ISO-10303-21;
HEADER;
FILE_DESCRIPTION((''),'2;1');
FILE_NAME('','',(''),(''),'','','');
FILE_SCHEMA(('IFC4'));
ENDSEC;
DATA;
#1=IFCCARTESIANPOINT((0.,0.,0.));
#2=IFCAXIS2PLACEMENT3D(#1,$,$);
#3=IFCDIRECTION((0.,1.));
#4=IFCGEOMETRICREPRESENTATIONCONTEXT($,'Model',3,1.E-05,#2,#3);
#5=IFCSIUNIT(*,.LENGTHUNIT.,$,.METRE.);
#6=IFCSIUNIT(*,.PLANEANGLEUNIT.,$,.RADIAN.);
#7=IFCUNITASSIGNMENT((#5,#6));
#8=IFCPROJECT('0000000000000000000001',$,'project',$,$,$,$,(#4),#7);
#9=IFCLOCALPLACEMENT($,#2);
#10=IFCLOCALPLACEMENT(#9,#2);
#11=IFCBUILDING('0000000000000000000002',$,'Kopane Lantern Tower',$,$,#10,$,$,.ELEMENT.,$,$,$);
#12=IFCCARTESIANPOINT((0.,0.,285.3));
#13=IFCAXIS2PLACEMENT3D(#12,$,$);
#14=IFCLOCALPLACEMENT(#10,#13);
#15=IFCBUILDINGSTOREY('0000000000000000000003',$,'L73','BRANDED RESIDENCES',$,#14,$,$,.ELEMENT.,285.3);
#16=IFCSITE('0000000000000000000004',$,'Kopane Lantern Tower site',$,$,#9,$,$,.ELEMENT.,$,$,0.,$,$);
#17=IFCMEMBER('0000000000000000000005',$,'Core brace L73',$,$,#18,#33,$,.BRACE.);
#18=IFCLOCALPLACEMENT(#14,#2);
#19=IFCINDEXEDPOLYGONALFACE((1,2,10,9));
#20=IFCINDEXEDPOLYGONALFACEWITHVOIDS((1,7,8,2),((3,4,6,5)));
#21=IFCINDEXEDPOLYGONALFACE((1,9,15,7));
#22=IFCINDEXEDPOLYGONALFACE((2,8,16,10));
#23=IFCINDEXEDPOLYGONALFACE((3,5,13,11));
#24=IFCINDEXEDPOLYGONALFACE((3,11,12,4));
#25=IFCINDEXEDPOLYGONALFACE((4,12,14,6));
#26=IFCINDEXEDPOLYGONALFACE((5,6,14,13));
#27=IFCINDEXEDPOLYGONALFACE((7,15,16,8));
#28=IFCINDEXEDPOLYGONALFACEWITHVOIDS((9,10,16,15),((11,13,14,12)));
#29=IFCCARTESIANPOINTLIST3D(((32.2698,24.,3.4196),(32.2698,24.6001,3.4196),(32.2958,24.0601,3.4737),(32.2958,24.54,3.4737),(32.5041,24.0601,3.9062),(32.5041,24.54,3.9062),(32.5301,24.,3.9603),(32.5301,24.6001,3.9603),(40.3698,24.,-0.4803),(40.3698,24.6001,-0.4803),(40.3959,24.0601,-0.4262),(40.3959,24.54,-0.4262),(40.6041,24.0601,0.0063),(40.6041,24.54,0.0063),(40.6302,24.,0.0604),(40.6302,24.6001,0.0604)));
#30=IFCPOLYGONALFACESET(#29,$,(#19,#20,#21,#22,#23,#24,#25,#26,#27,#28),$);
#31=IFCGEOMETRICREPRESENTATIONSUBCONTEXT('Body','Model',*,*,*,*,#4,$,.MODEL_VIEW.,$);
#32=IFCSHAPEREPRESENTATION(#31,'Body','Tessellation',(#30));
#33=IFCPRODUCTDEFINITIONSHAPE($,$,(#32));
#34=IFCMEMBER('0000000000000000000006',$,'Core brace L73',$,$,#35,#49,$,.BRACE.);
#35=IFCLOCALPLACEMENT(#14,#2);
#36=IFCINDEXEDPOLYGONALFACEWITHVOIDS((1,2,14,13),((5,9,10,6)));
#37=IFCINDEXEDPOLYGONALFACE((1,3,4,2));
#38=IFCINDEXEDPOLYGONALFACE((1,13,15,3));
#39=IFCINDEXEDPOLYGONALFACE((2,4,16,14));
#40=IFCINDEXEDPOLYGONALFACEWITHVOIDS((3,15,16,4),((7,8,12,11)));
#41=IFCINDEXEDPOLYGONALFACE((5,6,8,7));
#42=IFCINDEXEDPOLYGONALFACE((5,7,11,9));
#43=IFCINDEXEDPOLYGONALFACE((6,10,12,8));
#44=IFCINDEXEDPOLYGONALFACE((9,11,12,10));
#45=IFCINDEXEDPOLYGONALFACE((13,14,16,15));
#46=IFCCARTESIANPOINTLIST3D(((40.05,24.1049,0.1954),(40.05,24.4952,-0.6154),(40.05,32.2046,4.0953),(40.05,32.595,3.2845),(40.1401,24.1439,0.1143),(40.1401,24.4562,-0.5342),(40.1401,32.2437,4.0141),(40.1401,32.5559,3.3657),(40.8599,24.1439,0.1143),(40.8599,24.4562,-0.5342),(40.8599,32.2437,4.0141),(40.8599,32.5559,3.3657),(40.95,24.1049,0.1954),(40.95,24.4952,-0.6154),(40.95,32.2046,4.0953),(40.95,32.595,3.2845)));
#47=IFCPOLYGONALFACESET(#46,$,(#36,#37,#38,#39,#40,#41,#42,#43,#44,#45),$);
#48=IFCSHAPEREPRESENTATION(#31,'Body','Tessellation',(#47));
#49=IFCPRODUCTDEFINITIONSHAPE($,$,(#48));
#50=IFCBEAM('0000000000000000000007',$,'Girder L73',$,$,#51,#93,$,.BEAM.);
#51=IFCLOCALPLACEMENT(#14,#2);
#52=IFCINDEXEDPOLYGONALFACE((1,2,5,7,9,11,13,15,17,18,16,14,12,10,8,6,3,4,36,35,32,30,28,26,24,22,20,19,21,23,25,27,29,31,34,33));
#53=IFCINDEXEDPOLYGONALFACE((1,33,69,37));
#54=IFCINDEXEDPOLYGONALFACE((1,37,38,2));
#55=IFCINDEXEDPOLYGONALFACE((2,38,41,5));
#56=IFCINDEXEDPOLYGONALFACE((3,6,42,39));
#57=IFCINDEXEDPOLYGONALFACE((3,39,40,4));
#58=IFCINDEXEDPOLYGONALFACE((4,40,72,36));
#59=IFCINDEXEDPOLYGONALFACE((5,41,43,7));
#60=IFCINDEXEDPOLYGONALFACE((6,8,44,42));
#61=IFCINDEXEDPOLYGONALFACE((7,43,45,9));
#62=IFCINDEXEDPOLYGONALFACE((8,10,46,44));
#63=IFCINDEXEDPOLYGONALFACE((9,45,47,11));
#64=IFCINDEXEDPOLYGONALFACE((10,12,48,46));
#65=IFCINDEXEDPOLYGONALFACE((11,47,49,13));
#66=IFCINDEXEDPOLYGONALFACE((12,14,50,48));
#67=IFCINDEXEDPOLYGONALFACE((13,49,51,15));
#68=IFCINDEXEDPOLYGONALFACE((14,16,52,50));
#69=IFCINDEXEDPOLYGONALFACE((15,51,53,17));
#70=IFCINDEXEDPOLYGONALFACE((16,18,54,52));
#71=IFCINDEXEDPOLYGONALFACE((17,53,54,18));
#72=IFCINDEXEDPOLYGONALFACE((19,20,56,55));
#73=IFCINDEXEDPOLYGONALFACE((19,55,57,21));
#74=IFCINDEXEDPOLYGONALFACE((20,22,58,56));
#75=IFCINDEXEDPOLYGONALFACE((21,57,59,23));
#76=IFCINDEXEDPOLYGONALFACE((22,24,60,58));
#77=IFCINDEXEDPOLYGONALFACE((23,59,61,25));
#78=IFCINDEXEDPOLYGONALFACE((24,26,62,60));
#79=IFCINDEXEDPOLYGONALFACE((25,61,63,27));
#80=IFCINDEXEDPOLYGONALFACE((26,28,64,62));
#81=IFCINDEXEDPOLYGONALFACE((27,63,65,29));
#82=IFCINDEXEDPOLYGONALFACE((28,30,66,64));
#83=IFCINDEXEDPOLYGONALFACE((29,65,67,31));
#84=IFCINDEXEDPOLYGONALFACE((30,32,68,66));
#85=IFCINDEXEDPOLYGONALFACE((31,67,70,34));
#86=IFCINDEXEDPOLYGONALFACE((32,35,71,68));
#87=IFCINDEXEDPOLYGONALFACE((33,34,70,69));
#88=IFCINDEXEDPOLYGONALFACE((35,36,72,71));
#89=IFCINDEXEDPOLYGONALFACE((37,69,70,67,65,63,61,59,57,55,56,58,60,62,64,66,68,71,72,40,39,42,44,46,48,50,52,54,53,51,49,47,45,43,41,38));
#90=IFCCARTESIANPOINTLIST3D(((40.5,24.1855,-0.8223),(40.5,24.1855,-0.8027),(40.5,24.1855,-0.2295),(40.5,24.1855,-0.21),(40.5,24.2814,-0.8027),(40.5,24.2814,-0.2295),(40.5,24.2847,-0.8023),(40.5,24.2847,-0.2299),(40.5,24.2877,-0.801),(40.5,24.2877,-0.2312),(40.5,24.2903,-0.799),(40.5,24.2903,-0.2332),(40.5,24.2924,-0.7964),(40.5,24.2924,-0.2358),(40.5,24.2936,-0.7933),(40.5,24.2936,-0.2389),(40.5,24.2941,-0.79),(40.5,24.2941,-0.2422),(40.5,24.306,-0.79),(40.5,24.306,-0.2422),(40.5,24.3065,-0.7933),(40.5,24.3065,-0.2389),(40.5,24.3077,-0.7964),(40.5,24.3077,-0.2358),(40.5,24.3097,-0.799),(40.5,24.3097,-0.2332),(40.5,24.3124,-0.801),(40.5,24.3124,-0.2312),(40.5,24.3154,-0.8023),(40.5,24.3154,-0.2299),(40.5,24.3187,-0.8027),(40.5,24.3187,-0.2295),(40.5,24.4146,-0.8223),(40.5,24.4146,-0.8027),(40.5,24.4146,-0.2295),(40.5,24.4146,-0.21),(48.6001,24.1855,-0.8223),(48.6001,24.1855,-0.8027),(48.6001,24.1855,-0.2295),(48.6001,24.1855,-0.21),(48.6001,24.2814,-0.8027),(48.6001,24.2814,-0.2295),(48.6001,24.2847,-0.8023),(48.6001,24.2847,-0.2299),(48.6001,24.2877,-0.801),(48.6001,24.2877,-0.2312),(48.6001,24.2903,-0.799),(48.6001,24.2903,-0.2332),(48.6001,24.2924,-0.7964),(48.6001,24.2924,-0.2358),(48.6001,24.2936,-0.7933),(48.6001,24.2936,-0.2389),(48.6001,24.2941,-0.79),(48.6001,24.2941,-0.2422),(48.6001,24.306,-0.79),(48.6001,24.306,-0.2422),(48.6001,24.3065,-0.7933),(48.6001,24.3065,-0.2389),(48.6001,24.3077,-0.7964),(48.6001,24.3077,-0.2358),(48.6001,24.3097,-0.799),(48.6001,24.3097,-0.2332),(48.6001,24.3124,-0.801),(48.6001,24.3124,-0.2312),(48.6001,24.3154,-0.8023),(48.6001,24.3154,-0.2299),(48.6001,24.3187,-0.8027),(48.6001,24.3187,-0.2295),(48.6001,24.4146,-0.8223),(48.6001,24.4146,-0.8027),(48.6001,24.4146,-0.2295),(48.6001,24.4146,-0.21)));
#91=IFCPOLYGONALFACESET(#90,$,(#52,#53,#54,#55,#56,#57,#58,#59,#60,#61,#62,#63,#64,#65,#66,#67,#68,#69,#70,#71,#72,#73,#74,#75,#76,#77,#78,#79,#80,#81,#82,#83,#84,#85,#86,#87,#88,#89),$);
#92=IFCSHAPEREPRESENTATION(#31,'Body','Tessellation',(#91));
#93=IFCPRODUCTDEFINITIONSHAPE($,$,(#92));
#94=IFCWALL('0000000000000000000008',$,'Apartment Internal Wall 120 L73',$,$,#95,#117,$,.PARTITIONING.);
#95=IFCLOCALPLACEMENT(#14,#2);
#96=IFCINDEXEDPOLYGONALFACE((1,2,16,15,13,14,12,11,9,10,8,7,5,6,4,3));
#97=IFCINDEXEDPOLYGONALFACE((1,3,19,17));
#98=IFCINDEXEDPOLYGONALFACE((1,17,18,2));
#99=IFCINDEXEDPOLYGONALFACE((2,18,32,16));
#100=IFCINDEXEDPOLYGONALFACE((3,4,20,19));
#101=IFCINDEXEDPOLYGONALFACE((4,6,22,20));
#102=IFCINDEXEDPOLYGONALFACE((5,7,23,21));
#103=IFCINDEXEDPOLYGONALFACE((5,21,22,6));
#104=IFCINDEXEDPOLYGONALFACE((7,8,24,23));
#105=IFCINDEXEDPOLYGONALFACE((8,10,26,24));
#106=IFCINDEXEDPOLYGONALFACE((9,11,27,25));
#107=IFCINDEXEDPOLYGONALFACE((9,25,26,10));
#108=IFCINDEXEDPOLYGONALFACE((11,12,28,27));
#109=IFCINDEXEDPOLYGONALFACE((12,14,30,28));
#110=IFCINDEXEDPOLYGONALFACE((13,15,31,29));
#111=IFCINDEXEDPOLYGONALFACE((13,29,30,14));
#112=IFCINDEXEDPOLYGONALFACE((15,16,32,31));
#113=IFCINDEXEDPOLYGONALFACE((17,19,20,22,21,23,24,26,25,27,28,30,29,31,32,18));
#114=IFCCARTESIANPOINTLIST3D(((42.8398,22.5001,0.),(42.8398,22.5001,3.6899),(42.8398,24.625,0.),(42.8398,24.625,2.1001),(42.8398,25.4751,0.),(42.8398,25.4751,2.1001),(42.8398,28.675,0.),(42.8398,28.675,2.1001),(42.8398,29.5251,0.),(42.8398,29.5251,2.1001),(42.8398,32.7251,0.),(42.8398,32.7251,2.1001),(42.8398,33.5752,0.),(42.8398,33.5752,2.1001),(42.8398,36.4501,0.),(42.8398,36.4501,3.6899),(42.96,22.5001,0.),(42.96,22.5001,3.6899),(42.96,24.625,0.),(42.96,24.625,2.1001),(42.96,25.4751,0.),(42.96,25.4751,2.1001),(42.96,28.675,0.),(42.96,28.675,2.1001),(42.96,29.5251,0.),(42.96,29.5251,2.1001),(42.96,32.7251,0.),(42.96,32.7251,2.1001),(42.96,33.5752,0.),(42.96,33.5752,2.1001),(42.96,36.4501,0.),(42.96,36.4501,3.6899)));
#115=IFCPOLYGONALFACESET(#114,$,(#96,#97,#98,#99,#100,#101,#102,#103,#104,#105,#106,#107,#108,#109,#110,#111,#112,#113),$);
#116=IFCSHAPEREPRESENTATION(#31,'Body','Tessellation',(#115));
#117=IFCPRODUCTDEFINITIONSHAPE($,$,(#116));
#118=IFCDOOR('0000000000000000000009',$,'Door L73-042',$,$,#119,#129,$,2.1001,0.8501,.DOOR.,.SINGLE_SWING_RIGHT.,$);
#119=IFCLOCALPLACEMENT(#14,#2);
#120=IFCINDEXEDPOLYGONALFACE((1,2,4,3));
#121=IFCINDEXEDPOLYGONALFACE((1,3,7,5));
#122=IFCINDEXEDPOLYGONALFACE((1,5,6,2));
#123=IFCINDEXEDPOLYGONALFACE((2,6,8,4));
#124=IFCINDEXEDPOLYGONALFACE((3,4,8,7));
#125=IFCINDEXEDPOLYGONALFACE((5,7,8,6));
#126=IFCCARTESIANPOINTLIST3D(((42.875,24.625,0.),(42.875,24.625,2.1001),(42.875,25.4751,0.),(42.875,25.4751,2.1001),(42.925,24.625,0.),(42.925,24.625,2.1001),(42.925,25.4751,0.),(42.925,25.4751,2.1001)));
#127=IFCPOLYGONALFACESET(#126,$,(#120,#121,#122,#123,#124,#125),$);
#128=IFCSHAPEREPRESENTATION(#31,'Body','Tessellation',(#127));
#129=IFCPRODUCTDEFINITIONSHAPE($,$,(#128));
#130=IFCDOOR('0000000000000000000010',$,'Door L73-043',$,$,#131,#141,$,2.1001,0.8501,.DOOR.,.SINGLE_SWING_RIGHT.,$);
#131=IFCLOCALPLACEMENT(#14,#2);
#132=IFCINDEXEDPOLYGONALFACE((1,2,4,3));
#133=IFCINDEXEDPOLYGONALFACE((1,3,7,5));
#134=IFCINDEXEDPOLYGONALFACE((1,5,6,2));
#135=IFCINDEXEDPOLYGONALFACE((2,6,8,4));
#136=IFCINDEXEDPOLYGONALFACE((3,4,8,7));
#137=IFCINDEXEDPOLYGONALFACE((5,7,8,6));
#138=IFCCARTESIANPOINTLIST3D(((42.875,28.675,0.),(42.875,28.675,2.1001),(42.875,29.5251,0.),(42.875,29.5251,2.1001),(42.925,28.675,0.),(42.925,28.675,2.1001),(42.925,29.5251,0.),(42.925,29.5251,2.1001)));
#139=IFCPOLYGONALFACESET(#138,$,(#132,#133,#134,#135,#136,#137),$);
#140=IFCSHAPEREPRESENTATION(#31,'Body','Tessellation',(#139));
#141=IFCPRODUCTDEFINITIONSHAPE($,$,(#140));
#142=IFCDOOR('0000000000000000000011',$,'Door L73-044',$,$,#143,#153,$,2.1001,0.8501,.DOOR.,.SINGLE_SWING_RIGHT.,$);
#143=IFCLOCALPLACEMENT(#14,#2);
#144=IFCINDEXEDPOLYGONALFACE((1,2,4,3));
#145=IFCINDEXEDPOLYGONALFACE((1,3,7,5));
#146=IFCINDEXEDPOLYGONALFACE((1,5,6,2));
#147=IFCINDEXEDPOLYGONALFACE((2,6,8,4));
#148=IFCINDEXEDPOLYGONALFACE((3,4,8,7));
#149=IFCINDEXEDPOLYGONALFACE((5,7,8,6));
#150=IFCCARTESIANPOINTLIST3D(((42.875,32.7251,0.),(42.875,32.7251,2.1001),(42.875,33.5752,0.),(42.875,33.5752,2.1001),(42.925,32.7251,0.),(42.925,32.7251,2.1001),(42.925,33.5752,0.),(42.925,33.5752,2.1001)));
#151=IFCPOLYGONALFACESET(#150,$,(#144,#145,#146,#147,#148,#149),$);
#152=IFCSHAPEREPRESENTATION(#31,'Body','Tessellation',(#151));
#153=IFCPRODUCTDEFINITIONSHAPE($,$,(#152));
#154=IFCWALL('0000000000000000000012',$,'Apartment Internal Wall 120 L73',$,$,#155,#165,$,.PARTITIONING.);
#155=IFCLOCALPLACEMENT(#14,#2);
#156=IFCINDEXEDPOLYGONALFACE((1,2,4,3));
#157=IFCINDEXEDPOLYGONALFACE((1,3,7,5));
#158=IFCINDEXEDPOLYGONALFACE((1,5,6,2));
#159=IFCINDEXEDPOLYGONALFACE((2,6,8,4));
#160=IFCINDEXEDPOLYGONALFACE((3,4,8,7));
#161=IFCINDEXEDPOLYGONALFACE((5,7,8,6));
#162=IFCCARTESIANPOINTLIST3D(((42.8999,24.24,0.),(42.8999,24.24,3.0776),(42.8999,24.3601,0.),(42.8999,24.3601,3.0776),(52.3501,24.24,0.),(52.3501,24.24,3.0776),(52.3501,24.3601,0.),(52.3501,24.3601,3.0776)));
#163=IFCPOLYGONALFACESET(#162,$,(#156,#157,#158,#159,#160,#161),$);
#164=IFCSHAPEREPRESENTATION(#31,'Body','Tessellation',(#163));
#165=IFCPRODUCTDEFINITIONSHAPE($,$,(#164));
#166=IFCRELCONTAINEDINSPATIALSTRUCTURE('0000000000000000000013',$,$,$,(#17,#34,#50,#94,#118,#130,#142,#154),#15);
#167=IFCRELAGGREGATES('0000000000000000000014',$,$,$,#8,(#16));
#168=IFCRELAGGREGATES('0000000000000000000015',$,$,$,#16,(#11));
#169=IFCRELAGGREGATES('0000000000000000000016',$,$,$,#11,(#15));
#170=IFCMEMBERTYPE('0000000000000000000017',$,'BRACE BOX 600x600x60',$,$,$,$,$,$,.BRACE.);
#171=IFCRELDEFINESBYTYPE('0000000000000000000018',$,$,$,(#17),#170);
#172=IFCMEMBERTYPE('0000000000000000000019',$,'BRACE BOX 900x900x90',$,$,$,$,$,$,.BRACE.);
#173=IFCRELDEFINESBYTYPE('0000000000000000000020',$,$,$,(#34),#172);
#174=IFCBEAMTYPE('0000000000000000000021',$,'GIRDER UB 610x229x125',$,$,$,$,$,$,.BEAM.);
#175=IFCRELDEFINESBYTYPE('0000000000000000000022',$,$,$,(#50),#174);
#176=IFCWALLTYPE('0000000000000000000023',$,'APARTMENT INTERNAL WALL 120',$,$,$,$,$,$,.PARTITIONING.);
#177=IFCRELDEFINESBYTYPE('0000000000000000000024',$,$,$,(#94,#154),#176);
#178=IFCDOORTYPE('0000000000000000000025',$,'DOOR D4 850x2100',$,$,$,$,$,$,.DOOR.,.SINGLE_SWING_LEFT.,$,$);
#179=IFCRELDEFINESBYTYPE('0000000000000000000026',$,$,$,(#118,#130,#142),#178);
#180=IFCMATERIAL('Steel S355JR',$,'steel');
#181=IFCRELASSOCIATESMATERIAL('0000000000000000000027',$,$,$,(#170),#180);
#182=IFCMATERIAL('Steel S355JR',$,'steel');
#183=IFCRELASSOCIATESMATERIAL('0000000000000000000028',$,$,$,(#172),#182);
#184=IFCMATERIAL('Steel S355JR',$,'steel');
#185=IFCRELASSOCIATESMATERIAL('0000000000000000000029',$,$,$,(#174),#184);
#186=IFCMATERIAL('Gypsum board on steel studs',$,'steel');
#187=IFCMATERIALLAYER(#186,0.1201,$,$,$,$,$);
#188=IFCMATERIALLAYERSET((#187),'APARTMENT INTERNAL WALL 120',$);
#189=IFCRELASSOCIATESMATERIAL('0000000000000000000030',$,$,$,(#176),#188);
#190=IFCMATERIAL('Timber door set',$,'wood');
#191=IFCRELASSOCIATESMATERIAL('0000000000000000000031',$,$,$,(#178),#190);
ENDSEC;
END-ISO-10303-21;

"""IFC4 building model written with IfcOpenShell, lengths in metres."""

from ifc_helpers import new_model, si_unit, direction, frame, frame_2d, origin, origin_2d, place, context, subcontext, project, spatial, rectangle, hollow_rectangle, i_section, extrude, material, layer, layer_set, material_profile, profile_set, type_object, element, fill, save


model = new_model("IFC4")

# Units and contexts
model_context = context("Model", 3, precision=1e-05, world=origin(), true_north=direction((0.0, 1.0)))
body_context = subcontext(model_context, "Body", "Model", "MODEL_VIEW")
ifc_project = project(units=[si_unit("LENGTHUNIT", "METRE"), si_unit("PLANEANGLEUNIT", "RADIAN")], contexts=[model_context])

# Site, building, storey
site_placement = place(None, origin())
site = spatial("IfcSite", under=ifc_project, at=site_placement, Name="Kopane Lantern Tower site", CompositionType="ELEMENT", RefElevation=0.0)
building_placement = place(site_placement, origin())
building = spatial("IfcBuilding", under=site, at=building_placement, Name="Kopane Lantern Tower", CompositionType="ELEMENT")
storey_placement = place(building_placement, frame((0.0, 0.0, 285.3)))
storey = spatial("IfcBuildingStorey", under=building, at=storey_placement, Name="L73", Description="BRANDED RESIDENCES", CompositionType="ELEMENT", Elevation=285.3)

# Members
ifc_material_1 = material(Name="Steel S355JR", Category="steel")
ifc_material_profile_1 = material_profile(ifc_material_1, hollow_rectangle(XDim=0.6001, YDim=0.6001, WallThickness=0.0601, at=origin_2d()), Name="BOX 600x600x60")
ifc_profile_set_1 = profile_set([ifc_material_profile_1], Name="Steel S355JR")
member_type_1 = type_object("IfcMemberType", Name="BRACE BOX 600x600x60", PredefinedType="BRACE", material=ifc_profile_set_1)
member_1_placement = place(storey_placement, frame((40.5, 24.3, -0.21), z_axis=(-0.901008, 0.0, 0.433803), x_axis=(0.0, -1.0, 0.0)))
element("IfcMember", 1, at=member_1_placement, inside=storey, type_object=member_type_1, Name="Core brace L73", PredefinedType="BRACE", context=body_context, shape_type="SweptSolid", body=[
    extrude(hollow_rectangle(XDim=0.6001, YDim=0.6001, WallThickness=0.0601, at=origin_2d()), origin(), (0.0, 0.0, 1.0), 8.99),
])
ifc_material_2 = material(Name="Steel S355JR", Category="steel")
ifc_material_profile_2 = material_profile(ifc_material_2, hollow_rectangle(XDim=0.8999, YDim=0.8999, WallThickness=0.0901, at=origin_2d()), Name="BOX 900x900x90")
ifc_profile_set_2 = profile_set([ifc_material_profile_2], Name="Steel S355JR")
member_type_2 = type_object("IfcMemberType", Name="BRACE BOX 900x900x90", PredefinedType="BRACE", material=ifc_profile_set_2)
member_2_placement = place(storey_placement, frame((40.5, 24.3, -0.21), z_axis=(0.0, 0.901003, 0.433813), x_axis=(-1.0, 0.0, 0.0)))
element("IfcMember", 2, at=member_2_placement, inside=storey, type_object=member_type_2, Name="Core brace L73", PredefinedType="BRACE", context=body_context, shape_type="SweptSolid", body=[
    extrude(hollow_rectangle(XDim=0.8999, YDim=0.8999, WallThickness=0.0901, at=origin_2d()), origin(), (0.0, 0.0, 1.0), 8.9897),
])

# Beam
ifc_material_3 = material(Name="Steel S355JR", Category="steel")
ifc_material_profile_3 = material_profile(ifc_material_3, i_section(OverallWidth=0.229, OverallDepth=0.6123, WebThickness=0.012, FlangeThickness=0.0195, FilletRadius=0.0127, at=origin_2d()), Name="UB 610x229x125")
ifc_profile_set_3 = profile_set([ifc_material_profile_3], Name="Steel S355JR")
beam_type = type_object("IfcBeamType", Name="GIRDER UB 610x229x125", PredefinedType="BEAM", material=ifc_profile_set_3)
beam_placement = place(storey_placement, frame((40.5, 24.3, -0.5161), z_axis=(1.0, 0.0, 0.0), x_axis=(0.0, 1.0, 0.0)))
element("IfcBeam", 3, at=beam_placement, inside=storey, type_object=beam_type, Name="Girder L73", PredefinedType="BEAM", context=body_context, shape_type="SweptSolid", body=[
    extrude(i_section(OverallWidth=0.229, OverallDepth=0.6123, WebThickness=0.012, FlangeThickness=0.0195, FilletRadius=0.0127, at=origin_2d()), origin(), (0.0, 0.0, 1.0), 8.1001),
])

# Wall, openings, doors
ifc_material_4 = material(Name="Gypsum board on steel studs", Category="steel")
ifc_layer_1 = layer(ifc_material_4, 0.1201)
ifc_layer_set_1 = layer_set([ifc_layer_1], Name="APARTMENT INTERNAL WALL 120")
wall_type_1 = type_object("IfcWallType", Name="APARTMENT INTERNAL WALL 120", PredefinedType="PARTITIONING", material=ifc_layer_set_1)
wall_1_placement = place(storey_placement, frame((42.8999, 22.5, 0.0), z_axis=(0.0, 0.0, 1.0), x_axis=(0.0, 1.0, 0.0)))
wall_1 = element("IfcWall", 4, at=wall_1_placement, inside=storey, type_object=wall_type_1, Name="Apartment Internal Wall 120 L73", PredefinedType="PARTITIONING", context=body_context, shape_type="SweptSolid", body=[
    extrude(rectangle(XDim=13.95, YDim=0.1201, at=frame_2d((6.9751, 0.0))), origin(), (0.0, 0.0, 1.0), 3.6899),
])
opening_1_placement = place(wall_1_placement, frame((2.125, 0.0, 0.0)))
opening_1 = element("IfcOpeningElement", 5, at=opening_1_placement, cuts=wall_1, PredefinedType="OPENING", context=body_context, shape_type="SweptSolid", body=[
    extrude(rectangle(XDim=0.8501, YDim=2.1001, at=frame_2d((0.425, 1.05))), frame((0.0, 0.0701, 0.0), z_axis=(0.0, -1.0, 0.0), x_axis=(1.0, 0.0, 0.0)), (0.0, 0.0, 1.0), 0.1401),
])
opening_2_placement = place(wall_1_placement, frame((6.175, 0.0, 0.0)))
opening_2 = element("IfcOpeningElement", 6, at=opening_2_placement, cuts=wall_1, PredefinedType="OPENING", context=body_context, shape_type="SweptSolid", body=[
    extrude(rectangle(XDim=0.8501, YDim=2.1001, at=frame_2d((0.425, 1.05))), frame((0.0, 0.0701, 0.0), z_axis=(0.0, -1.0, 0.0), x_axis=(1.0, 0.0, 0.0)), (0.0, 0.0, 1.0), 0.1401),
])
opening_3_placement = place(wall_1_placement, frame((10.2251, 0.0, 0.0)))
opening_3 = element("IfcOpeningElement", 7, at=opening_3_placement, cuts=wall_1, PredefinedType="OPENING", context=body_context, shape_type="SweptSolid", body=[
    extrude(rectangle(XDim=0.8501, YDim=2.1001, at=frame_2d((0.425, 1.05))), frame((0.0, 0.0701, 0.0), z_axis=(0.0, -1.0, 0.0), x_axis=(1.0, 0.0, 0.0)), (0.0, 0.0, 1.0), 0.1401),
])
ifc_material_5 = material(Name="Timber door set", Category="wood")
door_type = type_object("IfcDoorType", Name="DOOR D4 850x2100", OperationType="SINGLE_SWING_LEFT", PredefinedType="DOOR", material=ifc_material_5)
door_1_placement = place(opening_1_placement, origin())
door_1 = element("IfcDoor", 8, at=door_1_placement, inside=storey, type_object=door_type, Name="Door L73-042", OperationType="SINGLE_SWING_RIGHT", OverallHeight=2.1001, OverallWidth=0.8501, PredefinedType="DOOR", context=body_context, shape_type="SweptSolid", body=[
    extrude(rectangle(XDim=0.8501, YDim=2.1001, at=frame_2d((0.425, 1.05))), frame((0.0, 0.0249, 0.0), z_axis=(0.0, -1.0, 0.0), x_axis=(1.0, 0.0, 0.0)), (0.0, 0.0, 1.0), 0.05),
])
fill(opening_1, door_1)
door_2_placement = place(opening_2_placement, origin())
door_2 = element("IfcDoor", 9, at=door_2_placement, inside=storey, type_object=door_type, Name="Door L73-043", OperationType="SINGLE_SWING_RIGHT", OverallHeight=2.1001, OverallWidth=0.8501, PredefinedType="DOOR", context=body_context, shape_type="SweptSolid", body=[
    extrude(rectangle(XDim=0.8501, YDim=2.1001, at=frame_2d((0.425, 1.05))), frame((0.0, 0.0249, 0.0), z_axis=(0.0, -1.0, 0.0), x_axis=(1.0, 0.0, 0.0)), (0.0, 0.0, 1.0), 0.05),
])
fill(opening_2, door_2)
door_3_placement = place(opening_3_placement, origin())
door_3 = element("IfcDoor", 10, at=door_3_placement, inside=storey, type_object=door_type, Name="Door L73-044", OperationType="SINGLE_SWING_RIGHT", OverallHeight=2.1001, OverallWidth=0.8501, PredefinedType="DOOR", context=body_context, shape_type="SweptSolid", body=[
    extrude(rectangle(XDim=0.8501, YDim=2.1001, at=frame_2d((0.425, 1.05))), frame((0.0, 0.0249, 0.0), z_axis=(0.0, -1.0, 0.0), x_axis=(1.0, 0.0, 0.0)), (0.0, 0.0, 1.0), 0.05),
])
fill(opening_3, door_3)

# Wall
wall_2_placement = place(storey_placement, frame((42.8999, 24.3, 0.0), z_axis=(0.0, 0.0, 1.0), x_axis=(1.0, 0.0, 0.0)))
element("IfcWall", 11, at=wall_2_placement, inside=storey, type_object=wall_type_1, Name="Apartment Internal Wall 120 L73", PredefinedType="PARTITIONING", context=body_context, shape_type="SweptSolid", body=[
    extrude(rectangle(XDim=9.4502, YDim=0.1201, at=frame_2d((4.7251, 0.0))), origin(), (0.0, 0.0, 1.0), 3.0776),
])

save(model, "model.ifc")
